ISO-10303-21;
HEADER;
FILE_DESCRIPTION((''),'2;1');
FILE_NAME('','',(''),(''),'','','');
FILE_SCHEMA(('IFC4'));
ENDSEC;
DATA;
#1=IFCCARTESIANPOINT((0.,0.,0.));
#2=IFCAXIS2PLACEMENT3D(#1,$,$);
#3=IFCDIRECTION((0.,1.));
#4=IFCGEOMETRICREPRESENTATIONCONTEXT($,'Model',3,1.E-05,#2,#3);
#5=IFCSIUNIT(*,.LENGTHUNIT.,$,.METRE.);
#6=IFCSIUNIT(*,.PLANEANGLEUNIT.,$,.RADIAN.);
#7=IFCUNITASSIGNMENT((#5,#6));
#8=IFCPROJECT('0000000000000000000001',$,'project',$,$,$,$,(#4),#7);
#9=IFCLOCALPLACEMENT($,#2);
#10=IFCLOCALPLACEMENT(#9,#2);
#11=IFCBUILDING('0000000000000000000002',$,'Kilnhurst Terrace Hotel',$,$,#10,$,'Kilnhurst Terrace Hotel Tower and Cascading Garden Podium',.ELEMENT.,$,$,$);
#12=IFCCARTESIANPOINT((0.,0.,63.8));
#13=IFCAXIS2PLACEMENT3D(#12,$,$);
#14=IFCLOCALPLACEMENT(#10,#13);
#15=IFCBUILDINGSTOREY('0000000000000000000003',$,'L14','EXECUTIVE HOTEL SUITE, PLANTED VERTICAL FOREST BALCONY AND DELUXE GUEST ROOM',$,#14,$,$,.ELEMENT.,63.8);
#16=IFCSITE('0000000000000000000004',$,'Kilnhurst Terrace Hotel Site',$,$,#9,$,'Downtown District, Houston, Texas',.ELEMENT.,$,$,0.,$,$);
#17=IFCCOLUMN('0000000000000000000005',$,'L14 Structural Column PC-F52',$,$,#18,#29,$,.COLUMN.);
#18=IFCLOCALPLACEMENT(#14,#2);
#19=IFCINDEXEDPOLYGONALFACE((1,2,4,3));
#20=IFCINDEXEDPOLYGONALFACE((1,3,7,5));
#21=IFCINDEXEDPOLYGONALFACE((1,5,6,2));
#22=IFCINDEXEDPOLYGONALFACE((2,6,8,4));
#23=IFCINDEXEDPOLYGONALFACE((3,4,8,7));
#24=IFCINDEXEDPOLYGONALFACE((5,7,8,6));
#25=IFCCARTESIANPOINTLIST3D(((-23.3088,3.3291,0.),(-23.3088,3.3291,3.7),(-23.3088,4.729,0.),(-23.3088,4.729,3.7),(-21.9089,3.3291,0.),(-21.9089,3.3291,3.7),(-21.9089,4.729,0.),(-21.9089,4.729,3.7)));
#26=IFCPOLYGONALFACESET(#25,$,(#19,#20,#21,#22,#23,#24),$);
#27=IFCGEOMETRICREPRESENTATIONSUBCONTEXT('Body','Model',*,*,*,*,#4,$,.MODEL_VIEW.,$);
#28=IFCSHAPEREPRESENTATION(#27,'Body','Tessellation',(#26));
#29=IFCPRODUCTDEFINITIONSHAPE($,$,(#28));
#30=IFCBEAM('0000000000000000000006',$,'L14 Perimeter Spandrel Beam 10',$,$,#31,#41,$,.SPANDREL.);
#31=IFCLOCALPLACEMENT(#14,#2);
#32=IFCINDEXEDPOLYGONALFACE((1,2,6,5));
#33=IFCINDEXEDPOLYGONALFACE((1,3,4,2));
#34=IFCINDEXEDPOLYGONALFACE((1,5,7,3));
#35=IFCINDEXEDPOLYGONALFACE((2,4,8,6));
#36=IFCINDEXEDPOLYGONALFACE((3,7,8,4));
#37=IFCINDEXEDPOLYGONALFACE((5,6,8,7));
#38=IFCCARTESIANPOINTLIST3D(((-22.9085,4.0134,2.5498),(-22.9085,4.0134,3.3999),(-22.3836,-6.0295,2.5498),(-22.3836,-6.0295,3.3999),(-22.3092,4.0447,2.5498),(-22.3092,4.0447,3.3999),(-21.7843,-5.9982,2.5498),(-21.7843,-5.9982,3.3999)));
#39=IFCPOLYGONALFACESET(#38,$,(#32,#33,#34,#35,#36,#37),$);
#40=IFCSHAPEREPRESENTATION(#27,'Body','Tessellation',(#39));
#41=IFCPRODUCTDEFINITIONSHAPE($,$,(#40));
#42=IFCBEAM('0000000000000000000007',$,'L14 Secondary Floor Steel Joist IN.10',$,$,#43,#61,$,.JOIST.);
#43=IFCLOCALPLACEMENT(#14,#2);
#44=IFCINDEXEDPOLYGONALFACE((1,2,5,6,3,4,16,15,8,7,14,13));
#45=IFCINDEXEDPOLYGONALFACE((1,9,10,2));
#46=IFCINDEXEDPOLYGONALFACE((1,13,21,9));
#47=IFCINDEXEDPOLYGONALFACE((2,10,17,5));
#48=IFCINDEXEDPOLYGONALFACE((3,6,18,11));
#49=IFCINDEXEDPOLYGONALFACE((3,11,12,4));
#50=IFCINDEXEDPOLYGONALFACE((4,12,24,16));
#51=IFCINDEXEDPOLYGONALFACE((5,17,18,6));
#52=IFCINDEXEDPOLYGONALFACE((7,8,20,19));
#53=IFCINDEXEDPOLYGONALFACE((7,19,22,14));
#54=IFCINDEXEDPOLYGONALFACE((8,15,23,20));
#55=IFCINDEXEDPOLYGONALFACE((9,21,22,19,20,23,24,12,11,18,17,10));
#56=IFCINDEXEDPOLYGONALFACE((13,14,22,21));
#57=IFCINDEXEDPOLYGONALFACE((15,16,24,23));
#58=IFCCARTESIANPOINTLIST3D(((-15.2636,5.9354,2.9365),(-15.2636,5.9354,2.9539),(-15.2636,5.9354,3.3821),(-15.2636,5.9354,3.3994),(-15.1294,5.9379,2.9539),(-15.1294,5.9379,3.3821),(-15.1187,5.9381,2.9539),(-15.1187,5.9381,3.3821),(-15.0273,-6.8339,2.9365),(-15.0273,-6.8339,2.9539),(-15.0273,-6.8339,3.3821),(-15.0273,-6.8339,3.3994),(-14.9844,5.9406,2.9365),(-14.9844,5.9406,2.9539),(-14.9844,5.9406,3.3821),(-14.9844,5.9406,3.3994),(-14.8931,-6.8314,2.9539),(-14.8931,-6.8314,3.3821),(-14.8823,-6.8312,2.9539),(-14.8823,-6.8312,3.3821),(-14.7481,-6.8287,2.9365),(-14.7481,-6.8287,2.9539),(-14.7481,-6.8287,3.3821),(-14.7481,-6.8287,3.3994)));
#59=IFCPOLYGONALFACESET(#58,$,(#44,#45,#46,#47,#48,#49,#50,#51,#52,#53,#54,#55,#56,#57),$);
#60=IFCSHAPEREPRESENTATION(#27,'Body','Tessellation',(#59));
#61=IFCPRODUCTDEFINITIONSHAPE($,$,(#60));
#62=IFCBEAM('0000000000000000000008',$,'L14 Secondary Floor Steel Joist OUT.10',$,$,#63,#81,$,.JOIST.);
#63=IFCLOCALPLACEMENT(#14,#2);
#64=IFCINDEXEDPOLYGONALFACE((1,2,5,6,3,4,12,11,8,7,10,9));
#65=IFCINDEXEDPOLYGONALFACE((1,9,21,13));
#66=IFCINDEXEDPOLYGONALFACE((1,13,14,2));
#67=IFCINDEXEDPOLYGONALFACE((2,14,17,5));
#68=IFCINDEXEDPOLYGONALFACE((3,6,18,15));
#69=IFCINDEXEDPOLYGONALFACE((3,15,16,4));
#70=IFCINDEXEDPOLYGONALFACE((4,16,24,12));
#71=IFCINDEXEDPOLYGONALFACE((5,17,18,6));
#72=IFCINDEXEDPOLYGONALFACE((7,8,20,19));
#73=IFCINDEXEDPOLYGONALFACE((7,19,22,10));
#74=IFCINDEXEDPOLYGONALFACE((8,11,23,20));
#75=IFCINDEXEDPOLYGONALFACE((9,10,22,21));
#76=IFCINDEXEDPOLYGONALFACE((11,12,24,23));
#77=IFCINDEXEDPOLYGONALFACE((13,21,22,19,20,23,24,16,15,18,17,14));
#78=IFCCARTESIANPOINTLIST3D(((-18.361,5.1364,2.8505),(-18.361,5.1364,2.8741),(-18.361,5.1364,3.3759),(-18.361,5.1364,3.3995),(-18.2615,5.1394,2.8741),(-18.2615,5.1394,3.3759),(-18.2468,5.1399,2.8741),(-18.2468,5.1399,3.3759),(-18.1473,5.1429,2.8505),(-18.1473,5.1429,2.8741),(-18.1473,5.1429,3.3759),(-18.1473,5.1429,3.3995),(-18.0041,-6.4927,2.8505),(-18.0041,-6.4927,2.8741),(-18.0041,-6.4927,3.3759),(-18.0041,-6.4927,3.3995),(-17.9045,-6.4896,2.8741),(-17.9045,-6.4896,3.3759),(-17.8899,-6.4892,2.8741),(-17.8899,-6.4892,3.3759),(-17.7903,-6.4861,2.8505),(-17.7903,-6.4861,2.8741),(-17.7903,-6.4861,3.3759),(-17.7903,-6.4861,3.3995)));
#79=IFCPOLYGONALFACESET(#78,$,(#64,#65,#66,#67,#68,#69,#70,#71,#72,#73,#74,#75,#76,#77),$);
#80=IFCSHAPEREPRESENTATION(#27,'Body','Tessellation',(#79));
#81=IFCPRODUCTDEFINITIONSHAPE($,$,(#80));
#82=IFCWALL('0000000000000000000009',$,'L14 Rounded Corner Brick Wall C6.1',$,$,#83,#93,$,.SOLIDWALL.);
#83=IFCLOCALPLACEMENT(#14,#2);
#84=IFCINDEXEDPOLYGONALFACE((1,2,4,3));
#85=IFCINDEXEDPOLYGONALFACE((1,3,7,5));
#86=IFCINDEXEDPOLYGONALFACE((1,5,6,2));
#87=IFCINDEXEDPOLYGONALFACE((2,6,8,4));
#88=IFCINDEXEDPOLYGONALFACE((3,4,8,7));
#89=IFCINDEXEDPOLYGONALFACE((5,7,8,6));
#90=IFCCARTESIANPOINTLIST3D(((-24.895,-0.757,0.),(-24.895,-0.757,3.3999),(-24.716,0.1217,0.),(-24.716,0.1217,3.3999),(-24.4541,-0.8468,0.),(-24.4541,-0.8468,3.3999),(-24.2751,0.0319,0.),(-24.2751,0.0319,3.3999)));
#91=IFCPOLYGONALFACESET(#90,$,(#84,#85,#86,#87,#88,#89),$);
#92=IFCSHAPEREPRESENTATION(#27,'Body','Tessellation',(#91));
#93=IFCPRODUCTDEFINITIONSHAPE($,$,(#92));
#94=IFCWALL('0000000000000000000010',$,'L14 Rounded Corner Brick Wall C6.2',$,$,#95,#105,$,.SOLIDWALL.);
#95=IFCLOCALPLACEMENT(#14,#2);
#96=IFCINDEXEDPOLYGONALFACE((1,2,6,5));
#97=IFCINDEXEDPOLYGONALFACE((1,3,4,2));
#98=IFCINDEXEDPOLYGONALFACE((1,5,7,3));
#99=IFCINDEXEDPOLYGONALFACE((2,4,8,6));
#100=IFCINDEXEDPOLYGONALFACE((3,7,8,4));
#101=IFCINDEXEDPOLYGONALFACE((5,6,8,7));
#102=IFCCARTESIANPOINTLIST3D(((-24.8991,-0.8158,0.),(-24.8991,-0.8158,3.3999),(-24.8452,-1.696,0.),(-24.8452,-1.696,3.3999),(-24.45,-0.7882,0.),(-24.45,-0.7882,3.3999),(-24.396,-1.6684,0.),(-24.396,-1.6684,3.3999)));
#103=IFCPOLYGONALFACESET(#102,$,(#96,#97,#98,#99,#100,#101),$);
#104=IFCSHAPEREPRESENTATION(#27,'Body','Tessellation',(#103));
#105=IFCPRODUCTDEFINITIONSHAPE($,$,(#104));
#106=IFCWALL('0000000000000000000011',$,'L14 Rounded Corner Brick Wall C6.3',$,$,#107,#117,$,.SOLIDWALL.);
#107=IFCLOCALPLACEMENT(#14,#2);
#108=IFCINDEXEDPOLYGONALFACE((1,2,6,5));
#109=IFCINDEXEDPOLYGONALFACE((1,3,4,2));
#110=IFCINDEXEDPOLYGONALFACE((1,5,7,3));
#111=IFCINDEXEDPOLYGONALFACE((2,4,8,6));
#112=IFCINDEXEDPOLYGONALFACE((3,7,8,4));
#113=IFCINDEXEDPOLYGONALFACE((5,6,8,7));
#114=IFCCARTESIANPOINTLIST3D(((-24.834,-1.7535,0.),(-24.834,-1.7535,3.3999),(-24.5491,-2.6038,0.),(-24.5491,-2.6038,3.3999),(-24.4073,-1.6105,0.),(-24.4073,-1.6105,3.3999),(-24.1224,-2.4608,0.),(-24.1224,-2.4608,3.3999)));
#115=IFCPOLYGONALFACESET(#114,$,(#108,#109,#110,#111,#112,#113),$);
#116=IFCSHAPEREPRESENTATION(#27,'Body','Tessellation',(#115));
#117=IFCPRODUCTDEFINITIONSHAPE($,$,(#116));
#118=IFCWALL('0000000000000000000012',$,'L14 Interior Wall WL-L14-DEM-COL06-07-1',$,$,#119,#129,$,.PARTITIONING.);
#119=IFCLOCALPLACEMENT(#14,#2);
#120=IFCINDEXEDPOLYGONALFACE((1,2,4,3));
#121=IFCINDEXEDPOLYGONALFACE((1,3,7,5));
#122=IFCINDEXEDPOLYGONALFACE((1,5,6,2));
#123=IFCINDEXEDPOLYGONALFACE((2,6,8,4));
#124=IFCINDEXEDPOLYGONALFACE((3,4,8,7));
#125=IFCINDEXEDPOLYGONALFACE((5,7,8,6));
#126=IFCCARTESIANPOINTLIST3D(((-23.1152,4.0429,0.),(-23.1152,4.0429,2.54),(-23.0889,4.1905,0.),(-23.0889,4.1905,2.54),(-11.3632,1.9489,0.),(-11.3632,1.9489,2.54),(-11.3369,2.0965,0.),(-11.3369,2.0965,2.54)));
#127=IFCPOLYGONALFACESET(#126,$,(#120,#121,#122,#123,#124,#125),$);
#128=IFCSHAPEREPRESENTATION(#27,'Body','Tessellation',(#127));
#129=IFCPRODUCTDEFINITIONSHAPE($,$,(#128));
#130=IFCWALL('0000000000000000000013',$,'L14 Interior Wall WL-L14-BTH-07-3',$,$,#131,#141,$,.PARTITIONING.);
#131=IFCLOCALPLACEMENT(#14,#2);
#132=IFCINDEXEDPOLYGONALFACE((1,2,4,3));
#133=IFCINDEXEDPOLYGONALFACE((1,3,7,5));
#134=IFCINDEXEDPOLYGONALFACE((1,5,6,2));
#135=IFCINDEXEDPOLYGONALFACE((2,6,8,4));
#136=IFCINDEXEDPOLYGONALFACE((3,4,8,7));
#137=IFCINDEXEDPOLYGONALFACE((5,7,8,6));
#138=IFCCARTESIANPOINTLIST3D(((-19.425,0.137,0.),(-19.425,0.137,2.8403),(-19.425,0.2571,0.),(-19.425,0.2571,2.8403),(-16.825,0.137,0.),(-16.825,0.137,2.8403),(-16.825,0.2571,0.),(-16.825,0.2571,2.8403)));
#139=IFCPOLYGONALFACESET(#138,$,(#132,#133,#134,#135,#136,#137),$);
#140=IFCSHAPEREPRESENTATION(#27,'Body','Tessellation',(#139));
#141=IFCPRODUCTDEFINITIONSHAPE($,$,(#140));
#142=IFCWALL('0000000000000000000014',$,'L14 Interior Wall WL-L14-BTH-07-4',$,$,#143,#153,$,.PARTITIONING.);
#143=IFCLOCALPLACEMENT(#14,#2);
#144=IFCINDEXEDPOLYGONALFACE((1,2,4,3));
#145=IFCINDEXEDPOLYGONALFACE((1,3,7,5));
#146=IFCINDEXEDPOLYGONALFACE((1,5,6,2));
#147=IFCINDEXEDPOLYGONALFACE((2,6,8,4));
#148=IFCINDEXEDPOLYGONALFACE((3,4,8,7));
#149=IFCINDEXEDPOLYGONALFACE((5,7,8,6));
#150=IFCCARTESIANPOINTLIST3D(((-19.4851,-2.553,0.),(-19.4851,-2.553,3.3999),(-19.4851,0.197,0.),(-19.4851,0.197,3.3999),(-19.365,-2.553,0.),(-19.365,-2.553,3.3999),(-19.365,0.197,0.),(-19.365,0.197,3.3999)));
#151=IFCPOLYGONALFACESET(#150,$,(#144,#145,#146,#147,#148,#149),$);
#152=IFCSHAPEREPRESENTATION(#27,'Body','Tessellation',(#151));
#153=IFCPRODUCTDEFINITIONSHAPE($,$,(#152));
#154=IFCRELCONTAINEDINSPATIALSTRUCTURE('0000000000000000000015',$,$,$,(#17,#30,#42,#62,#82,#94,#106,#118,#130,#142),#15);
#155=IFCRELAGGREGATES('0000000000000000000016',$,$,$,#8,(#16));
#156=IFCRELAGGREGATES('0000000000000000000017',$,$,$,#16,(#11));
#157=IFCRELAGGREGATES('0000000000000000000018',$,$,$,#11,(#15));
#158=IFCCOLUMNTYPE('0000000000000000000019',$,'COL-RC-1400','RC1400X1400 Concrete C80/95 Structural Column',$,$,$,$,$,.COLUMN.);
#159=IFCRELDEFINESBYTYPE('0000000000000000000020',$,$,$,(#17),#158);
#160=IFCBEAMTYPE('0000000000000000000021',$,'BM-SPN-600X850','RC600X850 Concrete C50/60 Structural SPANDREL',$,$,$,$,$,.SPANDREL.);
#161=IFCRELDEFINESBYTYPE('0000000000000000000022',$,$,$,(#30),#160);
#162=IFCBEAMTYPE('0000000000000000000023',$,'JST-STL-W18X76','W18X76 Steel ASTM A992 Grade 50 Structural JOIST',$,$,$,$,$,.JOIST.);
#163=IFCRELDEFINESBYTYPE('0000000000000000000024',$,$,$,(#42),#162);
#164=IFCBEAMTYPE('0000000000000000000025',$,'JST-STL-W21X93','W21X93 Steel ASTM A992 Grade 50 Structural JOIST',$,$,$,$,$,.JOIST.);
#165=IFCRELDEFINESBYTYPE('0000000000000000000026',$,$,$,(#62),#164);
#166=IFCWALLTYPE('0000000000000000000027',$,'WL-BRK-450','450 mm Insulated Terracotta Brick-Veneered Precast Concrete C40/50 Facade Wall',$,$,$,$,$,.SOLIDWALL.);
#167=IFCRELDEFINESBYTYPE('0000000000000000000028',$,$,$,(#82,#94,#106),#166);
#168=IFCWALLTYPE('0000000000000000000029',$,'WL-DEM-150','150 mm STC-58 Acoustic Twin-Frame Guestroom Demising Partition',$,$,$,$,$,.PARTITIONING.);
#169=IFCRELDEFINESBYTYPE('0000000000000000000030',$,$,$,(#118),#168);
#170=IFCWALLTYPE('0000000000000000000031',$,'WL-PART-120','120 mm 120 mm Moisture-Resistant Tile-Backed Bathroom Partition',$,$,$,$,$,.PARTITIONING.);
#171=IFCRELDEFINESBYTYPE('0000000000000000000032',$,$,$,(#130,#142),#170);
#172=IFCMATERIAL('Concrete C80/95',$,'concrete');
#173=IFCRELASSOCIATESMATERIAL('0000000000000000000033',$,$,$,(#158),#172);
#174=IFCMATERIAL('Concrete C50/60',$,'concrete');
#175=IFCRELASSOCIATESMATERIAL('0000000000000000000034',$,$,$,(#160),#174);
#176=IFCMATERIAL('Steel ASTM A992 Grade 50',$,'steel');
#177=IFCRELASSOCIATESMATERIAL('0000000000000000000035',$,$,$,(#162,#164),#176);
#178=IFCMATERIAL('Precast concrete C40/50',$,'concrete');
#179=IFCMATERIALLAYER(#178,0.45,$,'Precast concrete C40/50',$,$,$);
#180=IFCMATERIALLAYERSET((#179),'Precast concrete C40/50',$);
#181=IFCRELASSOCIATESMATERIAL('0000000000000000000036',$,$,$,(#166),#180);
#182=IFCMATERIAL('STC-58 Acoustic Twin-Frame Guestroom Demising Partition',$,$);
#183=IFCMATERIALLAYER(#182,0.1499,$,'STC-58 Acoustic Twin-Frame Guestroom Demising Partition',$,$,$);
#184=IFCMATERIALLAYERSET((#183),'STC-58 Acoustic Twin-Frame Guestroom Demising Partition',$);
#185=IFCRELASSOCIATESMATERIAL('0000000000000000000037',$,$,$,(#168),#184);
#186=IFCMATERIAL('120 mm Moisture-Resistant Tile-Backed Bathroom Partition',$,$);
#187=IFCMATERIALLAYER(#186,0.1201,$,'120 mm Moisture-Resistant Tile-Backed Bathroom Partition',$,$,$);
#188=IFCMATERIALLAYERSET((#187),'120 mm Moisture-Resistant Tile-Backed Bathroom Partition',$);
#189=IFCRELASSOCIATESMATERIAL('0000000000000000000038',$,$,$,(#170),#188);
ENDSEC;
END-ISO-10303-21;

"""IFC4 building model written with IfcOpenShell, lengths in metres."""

from ifc_helpers import new_model, si_unit, direction, frame, frame_2d, origin, origin_2d, place, context, subcontext, project, spatial, rectangle, i_section, extrude, material, layer, layer_set, material_profile, profile_set, type_object, element, save


model = new_model("IFC4")

# Units and contexts
model_context = context("Model", 3, precision=1e-05, world=origin(), true_north=direction((0.0, 1.0)))
body_context = subcontext(model_context, "Body", "Model", "MODEL_VIEW")
ifc_project = project(units=[si_unit("LENGTHUNIT", "METRE"), si_unit("PLANEANGLEUNIT", "RADIAN")], contexts=[model_context])

# Site, building, storey
site_placement = place(None, origin())
site = spatial("IfcSite", under=ifc_project, at=site_placement, Name="Kilnhurst Terrace Hotel Site", LongName="Downtown District, Houston, Texas", CompositionType="ELEMENT", RefElevation=0.0)
building_placement = place(site_placement, origin())
building = spatial("IfcBuilding", under=site, at=building_placement, Name="Kilnhurst Terrace Hotel", LongName="Kilnhurst Terrace Hotel Tower and Cascading Garden Podium", CompositionType="ELEMENT")
storey_placement = place(building_placement, frame((0.0, 0.0, 63.8)))
storey = spatial("IfcBuildingStorey", under=building, at=storey_placement, Name="L14", Description="EXECUTIVE HOTEL SUITE, PLANTED VERTICAL FOREST BALCONY AND DELUXE GUEST ROOM", CompositionType="ELEMENT", Elevation=63.8)

# Column
ifc_material_1 = material(Name="Concrete C80/95", Category="concrete")
ifc_material_profile_1 = material_profile(ifc_material_1, rectangle(XDim=1.3999, YDim=1.3999, at=origin_2d()), Name="RC1400X1400")
ifc_profile_set_1 = profile_set([ifc_material_profile_1], Name="Concrete C80/95")
column_type = type_object("IfcColumnType", Name="COL-RC-1400", Description="RC1400X1400 Concrete C80/95 Structural Column", PredefinedType="COLUMN", material=ifc_profile_set_1)
column_placement = place(storey_placement, frame((-22.6089, 4.0291, 0.0), z_axis=(0.0, 0.0, 1.0), x_axis=(1.0, 0.0, 0.0)))
element("IfcColumn", 1, at=column_placement, inside=storey, type_object=column_type, Name="L14 Structural Column PC-F52", PredefinedType="COLUMN", context=body_context, shape_type="SweptSolid", body=[
    extrude(rectangle(XDim=1.3999, YDim=1.3999, at=origin_2d()), origin(), (0.0, 0.0, 1.0), 3.7),
])

# Beams
ifc_material_2 = material(Name="Concrete C50/60", Category="concrete")
ifc_material_profile_2 = material_profile(ifc_material_2, rectangle(XDim=0.6001, YDim=0.8501, at=origin_2d()), Name="RC600X850")
ifc_profile_set_2 = profile_set([ifc_material_profile_2], Name="Concrete C50/60")
beam_type_1 = type_object("IfcBeamType", Name="BM-SPN-600X850", Description="RC600X850 Concrete C50/60 Structural SPANDREL", PredefinedType="SPANDREL", material=ifc_profile_set_2)
beam_1_placement = place(storey_placement, frame((-22.6089, 4.0291, 2.9749), z_axis=(0.052194, -0.998637, 0.0), x_axis=(0.998637, 0.052194, 0.0)))
element("IfcBeam", 2, at=beam_1_placement, inside=storey, type_object=beam_type_1, Name="L14 Perimeter Spandrel Beam 10", PredefinedType="SPANDREL", context=body_context, shape_type="SweptSolid", body=[
    extrude(rectangle(XDim=0.6001, YDim=0.8501, at=origin_2d()), origin(), (0.0, 0.0, 1.0), 10.0566),
])
ifc_material_3 = material(Name="Steel ASTM A992 Grade 50", Category="steel")
ifc_material_profile_3 = material_profile(ifc_material_3, i_section(OverallWidth=0.2793, OverallDepth=0.4629, WebThickness=0.0107, FlangeThickness=0.0173, at=origin_2d()), Name="W18X76")
ifc_profile_set_3 = profile_set([ifc_material_profile_3], Name="Steel ASTM A992 Grade 50")
beam_type_2 = type_object("IfcBeamType", Name="JST-STL-W18X76", Description="W18X76 Steel ASTM A992 Grade 50 Structural JOIST", PredefinedType="JOIST", material=ifc_profile_set_3)
beam_2_placement = place(storey_placement, frame((-15.124, 5.938, 3.168), z_axis=(0.018504, -0.999829, 0.0), x_axis=(0.999829, 0.018504, 0.0)))
element("IfcBeam", 3, at=beam_2_placement, inside=storey, type_object=beam_type_2, Name="L14 Secondary Floor Steel Joist IN.10", PredefinedType="JOIST", context=body_context, shape_type="SweptSolid", body=[
    extrude(i_section(OverallWidth=0.2793, OverallDepth=0.4629, WebThickness=0.0107, FlangeThickness=0.0173, at=origin_2d()), origin(), (0.0, 0.0, 1.0), 12.7715),
])
ifc_material_profile_4 = material_profile(ifc_material_3, i_section(OverallWidth=0.2139, OverallDepth=0.5491, WebThickness=0.0146, FlangeThickness=0.0237, at=origin_2d()), Name="W21X93")
ifc_profile_set_4 = profile_set([ifc_material_profile_4], Name="Steel ASTM A992 Grade 50")
beam_type_3 = type_object("IfcBeamType", Name="JST-STL-W21X93", Description="W21X93 Steel ASTM A992 Grade 50 Structural JOIST", PredefinedType="JOIST", material=ifc_profile_set_4)
beam_3_placement = place(storey_placement, frame((-18.2542, 5.1396, 3.125), z_axis=(0.030679, -0.999529, 0.0), x_axis=(0.999529, 0.030679, 0.0)))
element("IfcBeam", 4, at=beam_3_placement, inside=storey, type_object=beam_type_3, Name="L14 Secondary Floor Steel Joist OUT.10", PredefinedType="JOIST", context=body_context, shape_type="SweptSolid", body=[
    extrude(i_section(OverallWidth=0.2139, OverallDepth=0.5491, WebThickness=0.0146, FlangeThickness=0.0237, at=origin_2d()), origin(), (0.0, 0.0, 1.0), 11.6345),
])

# Walls
ifc_material_4 = material(Name="Precast concrete C40/50", Category="concrete")
ifc_layer_1 = layer(ifc_material_4, 0.45, Name="Precast concrete C40/50")
ifc_layer_set_1 = layer_set([ifc_layer_1], Name="Precast concrete C40/50")
wall_type_1 = type_object("IfcWallType", Name="WL-BRK-450", Description="450 mm Insulated Terracotta Brick-Veneered Precast Concrete C40/50 Facade Wall", PredefinedType="SOLIDWALL", material=ifc_layer_set_1)
wall_1_placement = place(storey_placement, frame((-24.4956, 0.0767, 0.0), z_axis=(0.0, 0.0, 1.0), x_axis=(-0.199571, -0.979883, 0.0)))
element("IfcWall", 5, at=wall_1_placement, inside=storey, type_object=wall_type_1, Name="L14 Rounded Corner Brick Wall C6.1", PredefinedType="SOLIDWALL", context=body_context, shape_type="SweptSolid", body=[
    extrude(rectangle(XDim=0.8967, YDim=0.45, at=frame_2d((0.4482, 0.0))), origin(), (0.0, 0.0, 1.0), 3.3999),
])
wall_2_placement = place(storey_placement, frame((-24.6746, -0.802, 0.0), z_axis=(0.0, 0.0, 1.0), x_axis=(0.061189, -0.998126, 0.0)))
element("IfcWall", 6, at=wall_2_placement, inside=storey, type_object=wall_type_1, Name="L14 Rounded Corner Brick Wall C6.2", PredefinedType="SOLIDWALL", context=body_context, shape_type="SweptSolid", body=[
    extrude(rectangle(XDim=0.8818, YDim=0.45, at=frame_2d((0.4409, 0.0))), origin(), (0.0, 0.0, 1.0), 3.3999),
])
wall_3_placement = place(storey_placement, frame((-24.6206, -1.6821, 0.0), z_axis=(0.0, 0.0, 1.0), x_axis=(0.317697, -0.948192, 0.0)))
element("IfcWall", 7, at=wall_3_placement, inside=storey, type_object=wall_type_1, Name="L14 Rounded Corner Brick Wall C6.3", PredefinedType="SOLIDWALL", context=body_context, shape_type="SweptSolid", body=[
    extrude(rectangle(XDim=0.8967, YDim=0.45, at=frame_2d((0.4482, 0.0))), origin(), (0.0, 0.0, 1.0), 3.3999),
])
ifc_material_5 = material(Name="STC-58 Acoustic Twin-Frame Guestroom Demising Partition")
ifc_layer_2 = layer(ifc_material_5, 0.1499, Name="STC-58 Acoustic Twin-Frame Guestroom Demising Partition")
ifc_layer_set_2 = layer_set([ifc_layer_2], Name="STC-58 Acoustic Twin-Frame Guestroom Demising Partition")
wall_type_2 = type_object("IfcWallType", Name="WL-DEM-150", Description="150 mm STC-58 Acoustic Twin-Frame Guestroom Demising Partition", PredefinedType="PARTITIONING", material=ifc_layer_set_2)
wall_4_placement = place(storey_placement, frame((-11.3501, 2.0227, 0.0), z_axis=(0.0, 0.0, 1.0), x_axis=(-0.984494, 0.17542, 0.0)))
element("IfcWall", 8, at=wall_4_placement, inside=storey, type_object=wall_type_2, Name="L14 Interior Wall WL-L14-DEM-COL06-07-1", PredefinedType="PARTITIONING", context=body_context, shape_type="SweptSolid", body=[
    extrude(rectangle(XDim=11.937, YDim=0.1499, at=frame_2d((5.9685, 0.0))), origin(), (0.0, 0.0, 1.0), 2.54),
])
ifc_material_6 = material(Name="120 mm Moisture-Resistant Tile-Backed Bathroom Partition")
ifc_layer_3 = layer(ifc_material_6, 0.1201, Name="120 mm Moisture-Resistant Tile-Backed Bathroom Partition")
ifc_layer_set_3 = layer_set([ifc_layer_3], Name="120 mm Moisture-Resistant Tile-Backed Bathroom Partition")
wall_type_3 = type_object("IfcWallType", Name="WL-PART-120", Description="120 mm 120 mm Moisture-Resistant Tile-Backed Bathroom Partition", PredefinedType="PARTITIONING", material=ifc_layer_set_3)
wall_5_placement = place(storey_placement, frame((-16.825, 0.197, 0.0), z_axis=(0.0, 0.0, 1.0), x_axis=(-1.0, 0.0, 0.0)))
element("IfcWall", 9, at=wall_5_placement, inside=storey, type_object=wall_type_3, Name="L14 Interior Wall WL-L14-BTH-07-3", PredefinedType="PARTITIONING", context=body_context, shape_type="SweptSolid", body=[
    extrude(rectangle(XDim=2.6001, YDim=0.1201, at=frame_2d((1.3, 0.0))), origin(), (0.0, 0.0, 1.0), 2.8403),
])
wall_6_placement = place(storey_placement, frame((-19.425, 0.197, 0.0), z_axis=(0.0, 0.0, 1.0), x_axis=(0.0, -1.0, 0.0)))
element("IfcWall", 10, at=wall_6_placement, inside=storey, type_object=wall_type_3, Name="L14 Interior Wall WL-L14-BTH-07-4", PredefinedType="PARTITIONING", context=body_context, shape_type="SweptSolid", body=[
    extrude(rectangle(XDim=2.75, YDim=0.1201, at=frame_2d((1.375, 0.0))), origin(), (0.0, 0.0, 1.0), 3.3999),
])

save(model, "model.ifc")
